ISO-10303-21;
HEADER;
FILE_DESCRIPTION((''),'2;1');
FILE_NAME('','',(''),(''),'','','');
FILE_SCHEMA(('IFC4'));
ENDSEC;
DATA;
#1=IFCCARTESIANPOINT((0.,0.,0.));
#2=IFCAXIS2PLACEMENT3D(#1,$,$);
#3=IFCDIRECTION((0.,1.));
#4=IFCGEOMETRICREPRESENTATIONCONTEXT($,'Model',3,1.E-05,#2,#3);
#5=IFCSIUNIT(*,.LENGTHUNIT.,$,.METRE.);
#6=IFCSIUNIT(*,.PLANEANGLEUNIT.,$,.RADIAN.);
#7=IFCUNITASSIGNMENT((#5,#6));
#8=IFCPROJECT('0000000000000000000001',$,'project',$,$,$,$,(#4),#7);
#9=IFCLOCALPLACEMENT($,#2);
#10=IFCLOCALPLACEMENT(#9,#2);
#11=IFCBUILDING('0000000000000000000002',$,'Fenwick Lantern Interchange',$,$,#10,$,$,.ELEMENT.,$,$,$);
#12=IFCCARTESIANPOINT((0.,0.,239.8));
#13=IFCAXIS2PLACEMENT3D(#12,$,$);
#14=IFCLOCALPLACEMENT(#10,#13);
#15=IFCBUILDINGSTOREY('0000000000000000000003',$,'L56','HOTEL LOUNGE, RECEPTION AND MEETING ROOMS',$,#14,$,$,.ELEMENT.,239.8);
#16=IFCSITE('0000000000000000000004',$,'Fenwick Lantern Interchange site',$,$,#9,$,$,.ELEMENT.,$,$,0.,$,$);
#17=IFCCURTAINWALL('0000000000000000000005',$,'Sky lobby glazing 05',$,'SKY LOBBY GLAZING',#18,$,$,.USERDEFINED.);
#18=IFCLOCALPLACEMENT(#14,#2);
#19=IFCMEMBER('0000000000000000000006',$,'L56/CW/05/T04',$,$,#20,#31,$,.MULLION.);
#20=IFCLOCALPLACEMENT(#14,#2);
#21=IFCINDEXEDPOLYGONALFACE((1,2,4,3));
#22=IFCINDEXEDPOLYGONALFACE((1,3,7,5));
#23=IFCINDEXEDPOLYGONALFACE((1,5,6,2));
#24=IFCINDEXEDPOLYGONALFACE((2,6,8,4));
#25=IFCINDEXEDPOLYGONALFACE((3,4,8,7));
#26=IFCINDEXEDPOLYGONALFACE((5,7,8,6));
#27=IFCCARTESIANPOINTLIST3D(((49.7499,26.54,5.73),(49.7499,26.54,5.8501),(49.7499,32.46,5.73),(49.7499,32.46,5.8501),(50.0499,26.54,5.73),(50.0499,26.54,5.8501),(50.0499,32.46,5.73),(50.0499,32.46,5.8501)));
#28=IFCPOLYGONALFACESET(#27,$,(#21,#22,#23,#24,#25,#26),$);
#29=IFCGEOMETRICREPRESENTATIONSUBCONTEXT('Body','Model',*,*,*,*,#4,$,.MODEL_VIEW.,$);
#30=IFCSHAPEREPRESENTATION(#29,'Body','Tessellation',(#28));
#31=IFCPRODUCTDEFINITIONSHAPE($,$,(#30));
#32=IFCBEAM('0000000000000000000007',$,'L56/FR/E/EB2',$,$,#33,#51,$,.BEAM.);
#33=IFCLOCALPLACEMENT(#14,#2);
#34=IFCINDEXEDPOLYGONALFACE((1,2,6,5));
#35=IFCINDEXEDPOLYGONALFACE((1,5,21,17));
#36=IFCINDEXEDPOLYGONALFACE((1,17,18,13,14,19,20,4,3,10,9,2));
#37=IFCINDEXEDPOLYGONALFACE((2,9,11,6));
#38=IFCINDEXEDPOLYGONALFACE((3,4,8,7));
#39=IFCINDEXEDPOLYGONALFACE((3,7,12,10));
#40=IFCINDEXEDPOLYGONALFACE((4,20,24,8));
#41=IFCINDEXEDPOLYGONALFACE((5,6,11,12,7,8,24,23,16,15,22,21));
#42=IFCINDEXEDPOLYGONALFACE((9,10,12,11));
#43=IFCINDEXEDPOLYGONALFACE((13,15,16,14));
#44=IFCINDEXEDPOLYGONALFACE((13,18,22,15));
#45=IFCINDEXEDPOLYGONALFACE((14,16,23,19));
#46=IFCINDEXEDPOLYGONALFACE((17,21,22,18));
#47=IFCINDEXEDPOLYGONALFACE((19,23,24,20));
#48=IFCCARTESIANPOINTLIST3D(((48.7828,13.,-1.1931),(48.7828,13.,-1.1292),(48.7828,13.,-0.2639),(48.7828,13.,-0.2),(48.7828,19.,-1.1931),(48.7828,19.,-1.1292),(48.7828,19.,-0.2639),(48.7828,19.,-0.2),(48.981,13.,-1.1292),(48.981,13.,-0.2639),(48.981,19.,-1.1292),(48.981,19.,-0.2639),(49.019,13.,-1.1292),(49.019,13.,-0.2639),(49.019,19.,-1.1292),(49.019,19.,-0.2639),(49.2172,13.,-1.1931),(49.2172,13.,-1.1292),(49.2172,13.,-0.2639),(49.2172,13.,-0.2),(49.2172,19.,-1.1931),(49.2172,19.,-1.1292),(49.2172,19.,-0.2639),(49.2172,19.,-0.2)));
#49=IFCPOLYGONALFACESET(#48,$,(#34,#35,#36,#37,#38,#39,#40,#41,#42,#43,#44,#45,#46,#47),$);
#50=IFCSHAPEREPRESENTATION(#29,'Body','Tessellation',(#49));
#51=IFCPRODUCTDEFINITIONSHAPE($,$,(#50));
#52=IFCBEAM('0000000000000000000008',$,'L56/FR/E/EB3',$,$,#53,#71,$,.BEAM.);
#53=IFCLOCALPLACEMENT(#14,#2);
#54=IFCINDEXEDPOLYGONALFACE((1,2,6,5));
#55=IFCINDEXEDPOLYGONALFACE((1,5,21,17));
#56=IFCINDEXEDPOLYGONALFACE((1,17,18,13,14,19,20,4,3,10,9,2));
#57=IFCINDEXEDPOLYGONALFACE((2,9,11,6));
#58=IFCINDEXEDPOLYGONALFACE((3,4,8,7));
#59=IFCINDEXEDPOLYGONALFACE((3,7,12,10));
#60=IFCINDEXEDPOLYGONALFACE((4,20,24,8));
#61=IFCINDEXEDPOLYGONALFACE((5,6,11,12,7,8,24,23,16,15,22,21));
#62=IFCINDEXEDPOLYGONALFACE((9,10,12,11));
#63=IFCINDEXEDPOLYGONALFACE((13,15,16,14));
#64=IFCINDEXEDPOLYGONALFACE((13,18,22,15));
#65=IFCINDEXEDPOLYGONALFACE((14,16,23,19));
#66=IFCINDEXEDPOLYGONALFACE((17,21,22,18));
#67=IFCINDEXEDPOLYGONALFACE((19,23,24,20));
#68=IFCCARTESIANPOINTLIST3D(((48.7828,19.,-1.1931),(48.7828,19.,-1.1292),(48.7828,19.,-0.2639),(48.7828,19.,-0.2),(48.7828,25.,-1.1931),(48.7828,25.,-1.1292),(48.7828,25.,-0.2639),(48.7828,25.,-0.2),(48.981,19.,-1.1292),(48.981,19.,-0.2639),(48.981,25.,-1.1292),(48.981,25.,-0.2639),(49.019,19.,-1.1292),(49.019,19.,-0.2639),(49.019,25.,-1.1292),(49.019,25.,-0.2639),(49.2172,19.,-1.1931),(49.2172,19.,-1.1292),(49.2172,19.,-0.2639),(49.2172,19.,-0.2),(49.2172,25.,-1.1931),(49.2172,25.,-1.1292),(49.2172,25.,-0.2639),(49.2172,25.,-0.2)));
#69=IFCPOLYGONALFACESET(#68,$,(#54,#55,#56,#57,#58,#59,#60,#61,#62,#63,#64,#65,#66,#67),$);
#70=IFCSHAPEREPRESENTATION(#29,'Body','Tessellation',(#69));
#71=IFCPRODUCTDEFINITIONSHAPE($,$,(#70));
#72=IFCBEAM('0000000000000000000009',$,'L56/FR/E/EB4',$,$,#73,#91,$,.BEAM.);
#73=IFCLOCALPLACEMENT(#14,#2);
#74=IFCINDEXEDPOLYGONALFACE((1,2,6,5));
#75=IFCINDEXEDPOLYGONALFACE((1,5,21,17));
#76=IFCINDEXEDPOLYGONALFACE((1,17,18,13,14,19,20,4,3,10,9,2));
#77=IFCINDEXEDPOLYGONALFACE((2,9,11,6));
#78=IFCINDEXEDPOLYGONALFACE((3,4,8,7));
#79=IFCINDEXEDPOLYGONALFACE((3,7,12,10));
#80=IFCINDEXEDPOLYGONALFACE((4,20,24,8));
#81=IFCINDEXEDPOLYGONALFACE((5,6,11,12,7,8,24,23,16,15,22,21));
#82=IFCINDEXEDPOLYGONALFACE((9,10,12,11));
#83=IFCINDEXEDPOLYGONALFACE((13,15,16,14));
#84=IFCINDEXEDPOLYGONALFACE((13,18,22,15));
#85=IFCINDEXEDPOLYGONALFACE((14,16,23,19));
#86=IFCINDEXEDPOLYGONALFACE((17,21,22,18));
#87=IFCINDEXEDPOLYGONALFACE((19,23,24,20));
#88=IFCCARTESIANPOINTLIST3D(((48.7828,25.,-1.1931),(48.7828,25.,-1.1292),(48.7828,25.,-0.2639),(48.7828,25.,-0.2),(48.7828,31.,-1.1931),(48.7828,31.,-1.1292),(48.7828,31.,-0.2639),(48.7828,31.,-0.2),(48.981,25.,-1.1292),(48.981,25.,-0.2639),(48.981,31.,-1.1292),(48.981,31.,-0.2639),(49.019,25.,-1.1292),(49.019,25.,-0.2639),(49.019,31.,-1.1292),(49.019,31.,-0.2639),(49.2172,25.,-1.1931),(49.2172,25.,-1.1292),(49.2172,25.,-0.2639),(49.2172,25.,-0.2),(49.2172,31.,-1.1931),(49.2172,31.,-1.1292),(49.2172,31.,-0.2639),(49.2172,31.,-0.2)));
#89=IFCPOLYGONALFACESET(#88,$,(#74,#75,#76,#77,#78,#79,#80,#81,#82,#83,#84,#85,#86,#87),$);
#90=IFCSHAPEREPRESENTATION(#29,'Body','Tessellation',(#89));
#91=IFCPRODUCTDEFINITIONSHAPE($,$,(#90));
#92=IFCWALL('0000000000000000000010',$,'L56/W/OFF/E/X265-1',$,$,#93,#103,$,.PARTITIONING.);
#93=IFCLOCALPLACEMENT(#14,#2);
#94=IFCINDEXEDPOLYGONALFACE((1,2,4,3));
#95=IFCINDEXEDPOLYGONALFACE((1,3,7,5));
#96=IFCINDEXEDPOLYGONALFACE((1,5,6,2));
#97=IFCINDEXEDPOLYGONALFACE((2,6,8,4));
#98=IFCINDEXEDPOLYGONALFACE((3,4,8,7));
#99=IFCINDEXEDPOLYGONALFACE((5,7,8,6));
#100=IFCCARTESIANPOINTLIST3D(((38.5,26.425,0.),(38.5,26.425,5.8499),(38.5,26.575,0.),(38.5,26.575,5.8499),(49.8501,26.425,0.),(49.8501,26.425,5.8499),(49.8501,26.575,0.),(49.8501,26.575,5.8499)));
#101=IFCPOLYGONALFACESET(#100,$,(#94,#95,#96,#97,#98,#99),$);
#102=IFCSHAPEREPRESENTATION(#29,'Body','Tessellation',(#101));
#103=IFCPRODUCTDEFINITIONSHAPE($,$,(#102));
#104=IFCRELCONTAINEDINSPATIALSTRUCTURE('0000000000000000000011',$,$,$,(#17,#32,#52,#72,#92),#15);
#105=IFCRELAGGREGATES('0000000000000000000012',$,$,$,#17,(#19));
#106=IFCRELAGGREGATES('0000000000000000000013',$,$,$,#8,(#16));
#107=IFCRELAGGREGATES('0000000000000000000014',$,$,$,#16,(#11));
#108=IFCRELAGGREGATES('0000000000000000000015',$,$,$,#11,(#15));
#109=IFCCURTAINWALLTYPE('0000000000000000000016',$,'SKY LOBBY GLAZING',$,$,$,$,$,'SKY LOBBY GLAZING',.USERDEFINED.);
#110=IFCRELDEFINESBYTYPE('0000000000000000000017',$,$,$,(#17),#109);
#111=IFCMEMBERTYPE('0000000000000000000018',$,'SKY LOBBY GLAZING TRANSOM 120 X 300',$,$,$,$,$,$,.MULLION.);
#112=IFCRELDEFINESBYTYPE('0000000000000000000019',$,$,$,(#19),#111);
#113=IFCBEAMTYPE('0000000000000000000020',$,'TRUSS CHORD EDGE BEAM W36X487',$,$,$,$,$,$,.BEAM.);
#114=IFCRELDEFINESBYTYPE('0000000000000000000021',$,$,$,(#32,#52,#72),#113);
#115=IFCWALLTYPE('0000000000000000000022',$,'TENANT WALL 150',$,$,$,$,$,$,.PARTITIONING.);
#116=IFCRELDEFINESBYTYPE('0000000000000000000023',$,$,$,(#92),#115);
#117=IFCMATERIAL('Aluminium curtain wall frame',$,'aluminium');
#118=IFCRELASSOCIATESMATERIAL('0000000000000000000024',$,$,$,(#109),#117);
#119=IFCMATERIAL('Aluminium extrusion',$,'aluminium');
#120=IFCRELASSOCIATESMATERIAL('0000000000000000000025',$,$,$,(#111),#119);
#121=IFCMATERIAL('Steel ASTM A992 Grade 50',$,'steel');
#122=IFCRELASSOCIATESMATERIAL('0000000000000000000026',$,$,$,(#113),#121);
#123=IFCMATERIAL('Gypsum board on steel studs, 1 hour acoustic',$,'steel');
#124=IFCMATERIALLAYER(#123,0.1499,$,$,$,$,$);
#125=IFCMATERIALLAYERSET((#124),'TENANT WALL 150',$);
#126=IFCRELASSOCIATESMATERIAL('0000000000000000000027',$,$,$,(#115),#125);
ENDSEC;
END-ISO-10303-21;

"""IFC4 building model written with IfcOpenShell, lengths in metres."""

from ifc_helpers import new_model, si_unit, direction, frame, frame_2d, origin, origin_2d, place, context, subcontext, project, spatial, rectangle, i_section, extrude, material, layer, layer_set, material_profile, profile_set, type_object, element, aggregate, save


model = new_model("IFC4")

# Units and contexts
model_context = context("Model", 3, precision=1e-05, world=origin(), true_north=direction((0.0, 1.0)))
body_context = subcontext(model_context, "Body", "Model", "MODEL_VIEW")
ifc_project = project(units=[si_unit("LENGTHUNIT", "METRE"), si_unit("PLANEANGLEUNIT", "RADIAN")], contexts=[model_context])

# Site, building, storey
site_placement = place(None, origin())
site = spatial("IfcSite", under=ifc_project, at=site_placement, Name="Fenwick Lantern Interchange site", CompositionType="ELEMENT", RefElevation=0.0)
building_placement = place(site_placement, origin())
building = spatial("IfcBuilding", under=site, at=building_placement, Name="Fenwick Lantern Interchange", CompositionType="ELEMENT")
storey_placement = place(building_placement, frame((0.0, 0.0, 239.8)))
storey = spatial("IfcBuildingStorey", under=building, at=storey_placement, Name="L56", Description="HOTEL LOUNGE, RECEPTION AND MEETING ROOMS", CompositionType="ELEMENT", Elevation=239.8)

# Shared definitions
ifc_material_1 = material(Name="Steel ASTM A992 Grade 50", Category="steel")

# Curtain wall, member
ifc_material_2 = material(Name="Aluminium curtain wall frame", Category="aluminium")
curtain_wall_type = type_object("IfcCurtainWallType", Name="SKY LOBBY GLAZING", ElementType="SKY LOBBY GLAZING", PredefinedType="USERDEFINED", material=ifc_material_2)
curtain_wall_placement = place(storey_placement, origin())
curtain_wall = element("IfcCurtainWall", 1, at=curtain_wall_placement, inside=storey, type_object=curtain_wall_type, Name="Sky lobby glazing 05", ObjectType="SKY LOBBY GLAZING", PredefinedType="USERDEFINED")
ifc_material_3 = material(Name="Aluminium extrusion", Category="aluminium")
ifc_material_profile_1 = material_profile(ifc_material_3, rectangle(XDim=0.3, YDim=0.1201, at=origin_2d()), Name="SKY LOBBY GLAZING TRANSOM 120 X 300")
ifc_profile_set_1 = profile_set([ifc_material_profile_1], Name="Aluminium extrusion")
member_type_1 = type_object("IfcMemberType", Name="SKY LOBBY GLAZING TRANSOM 120 X 300", PredefinedType="MULLION", material=ifc_profile_set_1)
member_1_placement = place(storey_placement, frame((49.8999, 26.54, 5.79), z_axis=(0.0, 1.0, 0.0), x_axis=(-1.0, 0.0, 0.0)))
member_1 = element("IfcMember", 2, at=member_1_placement, type_object=member_type_1, Name="L56/CW/05/T04", PredefinedType="MULLION", context=body_context, shape_type="SweptSolid", body=[
    extrude(rectangle(XDim=0.3, YDim=0.1201, at=origin_2d()), origin(), (0.0, 0.0, 1.0), 5.9199),
])

# Beams
ifc_material_profile_2 = material_profile(ifc_material_1, i_section(OverallWidth=0.4343, OverallDepth=0.9932, WebThickness=0.0381, FlangeThickness=0.064, at=origin_2d()), Name="W36X487")
ifc_profile_set_2 = profile_set([ifc_material_profile_2], Name="Steel ASTM A992 Grade 50")
beam_type_1 = type_object("IfcBeamType", Name="TRUSS CHORD EDGE BEAM W36X487", PredefinedType="BEAM", material=ifc_profile_set_2)
for number, where, z_axis, x_axis, name in (
    (3, (49.0, 13.0, -0.6965), (0.0, 1.0, 0.0), (-1.0, 0.0, 0.0), "L56/FR/E/EB2"),
    (4, (49.0, 19.0, -0.6965), (0.0, 1.0, 0.0), (-1.0, 0.0, 0.0), "L56/FR/E/EB3"),
    (5, (49.0, 25.0, -0.6965), (0.0, 1.0, 0.0), (-1.0, 0.0, 0.0), "L56/FR/E/EB4"),
):
    element("IfcBeam", number, at=place(storey_placement, frame(where, z_axis=z_axis, x_axis=x_axis)), inside=storey, type_object=beam_type_1, Name=name, PredefinedType="BEAM", context=body_context, shape_type="SweptSolid", body=[
        extrude(i_section(OverallWidth=0.4343, OverallDepth=0.9932, WebThickness=0.0381, FlangeThickness=0.064, at=origin_2d()), origin(), (0.0, 0.0, 1.0), 6.0),
    ])

aggregate(curtain_wall, [member_1])

# Wall
ifc_material_4 = material(Name="Gypsum board on steel studs, 1 hour acoustic", Category="steel")
ifc_layer_1 = layer(ifc_material_4, 0.1499)
ifc_layer_set_1 = layer_set([ifc_layer_1], Name="TENANT WALL 150")
wall_type = type_object("IfcWallType", Name="TENANT WALL 150", PredefinedType="PARTITIONING", material=ifc_layer_set_1)
wall_placement = place(storey_placement, frame((49.8501, 26.5, 0.0), z_axis=(0.0, 0.0, 1.0), x_axis=(-1.0, 0.0, 0.0)))
element("IfcWall", 6, at=wall_placement, inside=storey, type_object=wall_type, Name="L56/W/OFF/E/X265-1", PredefinedType="PARTITIONING", context=body_context, shape_type="SweptSolid", body=[
    extrude(rectangle(XDim=11.3501, YDim=0.1499, at=frame_2d((5.675, 0.0))), origin(), (0.0, 0.0, 1.0), 5.8499),
])

save(model, "model.ifc")
